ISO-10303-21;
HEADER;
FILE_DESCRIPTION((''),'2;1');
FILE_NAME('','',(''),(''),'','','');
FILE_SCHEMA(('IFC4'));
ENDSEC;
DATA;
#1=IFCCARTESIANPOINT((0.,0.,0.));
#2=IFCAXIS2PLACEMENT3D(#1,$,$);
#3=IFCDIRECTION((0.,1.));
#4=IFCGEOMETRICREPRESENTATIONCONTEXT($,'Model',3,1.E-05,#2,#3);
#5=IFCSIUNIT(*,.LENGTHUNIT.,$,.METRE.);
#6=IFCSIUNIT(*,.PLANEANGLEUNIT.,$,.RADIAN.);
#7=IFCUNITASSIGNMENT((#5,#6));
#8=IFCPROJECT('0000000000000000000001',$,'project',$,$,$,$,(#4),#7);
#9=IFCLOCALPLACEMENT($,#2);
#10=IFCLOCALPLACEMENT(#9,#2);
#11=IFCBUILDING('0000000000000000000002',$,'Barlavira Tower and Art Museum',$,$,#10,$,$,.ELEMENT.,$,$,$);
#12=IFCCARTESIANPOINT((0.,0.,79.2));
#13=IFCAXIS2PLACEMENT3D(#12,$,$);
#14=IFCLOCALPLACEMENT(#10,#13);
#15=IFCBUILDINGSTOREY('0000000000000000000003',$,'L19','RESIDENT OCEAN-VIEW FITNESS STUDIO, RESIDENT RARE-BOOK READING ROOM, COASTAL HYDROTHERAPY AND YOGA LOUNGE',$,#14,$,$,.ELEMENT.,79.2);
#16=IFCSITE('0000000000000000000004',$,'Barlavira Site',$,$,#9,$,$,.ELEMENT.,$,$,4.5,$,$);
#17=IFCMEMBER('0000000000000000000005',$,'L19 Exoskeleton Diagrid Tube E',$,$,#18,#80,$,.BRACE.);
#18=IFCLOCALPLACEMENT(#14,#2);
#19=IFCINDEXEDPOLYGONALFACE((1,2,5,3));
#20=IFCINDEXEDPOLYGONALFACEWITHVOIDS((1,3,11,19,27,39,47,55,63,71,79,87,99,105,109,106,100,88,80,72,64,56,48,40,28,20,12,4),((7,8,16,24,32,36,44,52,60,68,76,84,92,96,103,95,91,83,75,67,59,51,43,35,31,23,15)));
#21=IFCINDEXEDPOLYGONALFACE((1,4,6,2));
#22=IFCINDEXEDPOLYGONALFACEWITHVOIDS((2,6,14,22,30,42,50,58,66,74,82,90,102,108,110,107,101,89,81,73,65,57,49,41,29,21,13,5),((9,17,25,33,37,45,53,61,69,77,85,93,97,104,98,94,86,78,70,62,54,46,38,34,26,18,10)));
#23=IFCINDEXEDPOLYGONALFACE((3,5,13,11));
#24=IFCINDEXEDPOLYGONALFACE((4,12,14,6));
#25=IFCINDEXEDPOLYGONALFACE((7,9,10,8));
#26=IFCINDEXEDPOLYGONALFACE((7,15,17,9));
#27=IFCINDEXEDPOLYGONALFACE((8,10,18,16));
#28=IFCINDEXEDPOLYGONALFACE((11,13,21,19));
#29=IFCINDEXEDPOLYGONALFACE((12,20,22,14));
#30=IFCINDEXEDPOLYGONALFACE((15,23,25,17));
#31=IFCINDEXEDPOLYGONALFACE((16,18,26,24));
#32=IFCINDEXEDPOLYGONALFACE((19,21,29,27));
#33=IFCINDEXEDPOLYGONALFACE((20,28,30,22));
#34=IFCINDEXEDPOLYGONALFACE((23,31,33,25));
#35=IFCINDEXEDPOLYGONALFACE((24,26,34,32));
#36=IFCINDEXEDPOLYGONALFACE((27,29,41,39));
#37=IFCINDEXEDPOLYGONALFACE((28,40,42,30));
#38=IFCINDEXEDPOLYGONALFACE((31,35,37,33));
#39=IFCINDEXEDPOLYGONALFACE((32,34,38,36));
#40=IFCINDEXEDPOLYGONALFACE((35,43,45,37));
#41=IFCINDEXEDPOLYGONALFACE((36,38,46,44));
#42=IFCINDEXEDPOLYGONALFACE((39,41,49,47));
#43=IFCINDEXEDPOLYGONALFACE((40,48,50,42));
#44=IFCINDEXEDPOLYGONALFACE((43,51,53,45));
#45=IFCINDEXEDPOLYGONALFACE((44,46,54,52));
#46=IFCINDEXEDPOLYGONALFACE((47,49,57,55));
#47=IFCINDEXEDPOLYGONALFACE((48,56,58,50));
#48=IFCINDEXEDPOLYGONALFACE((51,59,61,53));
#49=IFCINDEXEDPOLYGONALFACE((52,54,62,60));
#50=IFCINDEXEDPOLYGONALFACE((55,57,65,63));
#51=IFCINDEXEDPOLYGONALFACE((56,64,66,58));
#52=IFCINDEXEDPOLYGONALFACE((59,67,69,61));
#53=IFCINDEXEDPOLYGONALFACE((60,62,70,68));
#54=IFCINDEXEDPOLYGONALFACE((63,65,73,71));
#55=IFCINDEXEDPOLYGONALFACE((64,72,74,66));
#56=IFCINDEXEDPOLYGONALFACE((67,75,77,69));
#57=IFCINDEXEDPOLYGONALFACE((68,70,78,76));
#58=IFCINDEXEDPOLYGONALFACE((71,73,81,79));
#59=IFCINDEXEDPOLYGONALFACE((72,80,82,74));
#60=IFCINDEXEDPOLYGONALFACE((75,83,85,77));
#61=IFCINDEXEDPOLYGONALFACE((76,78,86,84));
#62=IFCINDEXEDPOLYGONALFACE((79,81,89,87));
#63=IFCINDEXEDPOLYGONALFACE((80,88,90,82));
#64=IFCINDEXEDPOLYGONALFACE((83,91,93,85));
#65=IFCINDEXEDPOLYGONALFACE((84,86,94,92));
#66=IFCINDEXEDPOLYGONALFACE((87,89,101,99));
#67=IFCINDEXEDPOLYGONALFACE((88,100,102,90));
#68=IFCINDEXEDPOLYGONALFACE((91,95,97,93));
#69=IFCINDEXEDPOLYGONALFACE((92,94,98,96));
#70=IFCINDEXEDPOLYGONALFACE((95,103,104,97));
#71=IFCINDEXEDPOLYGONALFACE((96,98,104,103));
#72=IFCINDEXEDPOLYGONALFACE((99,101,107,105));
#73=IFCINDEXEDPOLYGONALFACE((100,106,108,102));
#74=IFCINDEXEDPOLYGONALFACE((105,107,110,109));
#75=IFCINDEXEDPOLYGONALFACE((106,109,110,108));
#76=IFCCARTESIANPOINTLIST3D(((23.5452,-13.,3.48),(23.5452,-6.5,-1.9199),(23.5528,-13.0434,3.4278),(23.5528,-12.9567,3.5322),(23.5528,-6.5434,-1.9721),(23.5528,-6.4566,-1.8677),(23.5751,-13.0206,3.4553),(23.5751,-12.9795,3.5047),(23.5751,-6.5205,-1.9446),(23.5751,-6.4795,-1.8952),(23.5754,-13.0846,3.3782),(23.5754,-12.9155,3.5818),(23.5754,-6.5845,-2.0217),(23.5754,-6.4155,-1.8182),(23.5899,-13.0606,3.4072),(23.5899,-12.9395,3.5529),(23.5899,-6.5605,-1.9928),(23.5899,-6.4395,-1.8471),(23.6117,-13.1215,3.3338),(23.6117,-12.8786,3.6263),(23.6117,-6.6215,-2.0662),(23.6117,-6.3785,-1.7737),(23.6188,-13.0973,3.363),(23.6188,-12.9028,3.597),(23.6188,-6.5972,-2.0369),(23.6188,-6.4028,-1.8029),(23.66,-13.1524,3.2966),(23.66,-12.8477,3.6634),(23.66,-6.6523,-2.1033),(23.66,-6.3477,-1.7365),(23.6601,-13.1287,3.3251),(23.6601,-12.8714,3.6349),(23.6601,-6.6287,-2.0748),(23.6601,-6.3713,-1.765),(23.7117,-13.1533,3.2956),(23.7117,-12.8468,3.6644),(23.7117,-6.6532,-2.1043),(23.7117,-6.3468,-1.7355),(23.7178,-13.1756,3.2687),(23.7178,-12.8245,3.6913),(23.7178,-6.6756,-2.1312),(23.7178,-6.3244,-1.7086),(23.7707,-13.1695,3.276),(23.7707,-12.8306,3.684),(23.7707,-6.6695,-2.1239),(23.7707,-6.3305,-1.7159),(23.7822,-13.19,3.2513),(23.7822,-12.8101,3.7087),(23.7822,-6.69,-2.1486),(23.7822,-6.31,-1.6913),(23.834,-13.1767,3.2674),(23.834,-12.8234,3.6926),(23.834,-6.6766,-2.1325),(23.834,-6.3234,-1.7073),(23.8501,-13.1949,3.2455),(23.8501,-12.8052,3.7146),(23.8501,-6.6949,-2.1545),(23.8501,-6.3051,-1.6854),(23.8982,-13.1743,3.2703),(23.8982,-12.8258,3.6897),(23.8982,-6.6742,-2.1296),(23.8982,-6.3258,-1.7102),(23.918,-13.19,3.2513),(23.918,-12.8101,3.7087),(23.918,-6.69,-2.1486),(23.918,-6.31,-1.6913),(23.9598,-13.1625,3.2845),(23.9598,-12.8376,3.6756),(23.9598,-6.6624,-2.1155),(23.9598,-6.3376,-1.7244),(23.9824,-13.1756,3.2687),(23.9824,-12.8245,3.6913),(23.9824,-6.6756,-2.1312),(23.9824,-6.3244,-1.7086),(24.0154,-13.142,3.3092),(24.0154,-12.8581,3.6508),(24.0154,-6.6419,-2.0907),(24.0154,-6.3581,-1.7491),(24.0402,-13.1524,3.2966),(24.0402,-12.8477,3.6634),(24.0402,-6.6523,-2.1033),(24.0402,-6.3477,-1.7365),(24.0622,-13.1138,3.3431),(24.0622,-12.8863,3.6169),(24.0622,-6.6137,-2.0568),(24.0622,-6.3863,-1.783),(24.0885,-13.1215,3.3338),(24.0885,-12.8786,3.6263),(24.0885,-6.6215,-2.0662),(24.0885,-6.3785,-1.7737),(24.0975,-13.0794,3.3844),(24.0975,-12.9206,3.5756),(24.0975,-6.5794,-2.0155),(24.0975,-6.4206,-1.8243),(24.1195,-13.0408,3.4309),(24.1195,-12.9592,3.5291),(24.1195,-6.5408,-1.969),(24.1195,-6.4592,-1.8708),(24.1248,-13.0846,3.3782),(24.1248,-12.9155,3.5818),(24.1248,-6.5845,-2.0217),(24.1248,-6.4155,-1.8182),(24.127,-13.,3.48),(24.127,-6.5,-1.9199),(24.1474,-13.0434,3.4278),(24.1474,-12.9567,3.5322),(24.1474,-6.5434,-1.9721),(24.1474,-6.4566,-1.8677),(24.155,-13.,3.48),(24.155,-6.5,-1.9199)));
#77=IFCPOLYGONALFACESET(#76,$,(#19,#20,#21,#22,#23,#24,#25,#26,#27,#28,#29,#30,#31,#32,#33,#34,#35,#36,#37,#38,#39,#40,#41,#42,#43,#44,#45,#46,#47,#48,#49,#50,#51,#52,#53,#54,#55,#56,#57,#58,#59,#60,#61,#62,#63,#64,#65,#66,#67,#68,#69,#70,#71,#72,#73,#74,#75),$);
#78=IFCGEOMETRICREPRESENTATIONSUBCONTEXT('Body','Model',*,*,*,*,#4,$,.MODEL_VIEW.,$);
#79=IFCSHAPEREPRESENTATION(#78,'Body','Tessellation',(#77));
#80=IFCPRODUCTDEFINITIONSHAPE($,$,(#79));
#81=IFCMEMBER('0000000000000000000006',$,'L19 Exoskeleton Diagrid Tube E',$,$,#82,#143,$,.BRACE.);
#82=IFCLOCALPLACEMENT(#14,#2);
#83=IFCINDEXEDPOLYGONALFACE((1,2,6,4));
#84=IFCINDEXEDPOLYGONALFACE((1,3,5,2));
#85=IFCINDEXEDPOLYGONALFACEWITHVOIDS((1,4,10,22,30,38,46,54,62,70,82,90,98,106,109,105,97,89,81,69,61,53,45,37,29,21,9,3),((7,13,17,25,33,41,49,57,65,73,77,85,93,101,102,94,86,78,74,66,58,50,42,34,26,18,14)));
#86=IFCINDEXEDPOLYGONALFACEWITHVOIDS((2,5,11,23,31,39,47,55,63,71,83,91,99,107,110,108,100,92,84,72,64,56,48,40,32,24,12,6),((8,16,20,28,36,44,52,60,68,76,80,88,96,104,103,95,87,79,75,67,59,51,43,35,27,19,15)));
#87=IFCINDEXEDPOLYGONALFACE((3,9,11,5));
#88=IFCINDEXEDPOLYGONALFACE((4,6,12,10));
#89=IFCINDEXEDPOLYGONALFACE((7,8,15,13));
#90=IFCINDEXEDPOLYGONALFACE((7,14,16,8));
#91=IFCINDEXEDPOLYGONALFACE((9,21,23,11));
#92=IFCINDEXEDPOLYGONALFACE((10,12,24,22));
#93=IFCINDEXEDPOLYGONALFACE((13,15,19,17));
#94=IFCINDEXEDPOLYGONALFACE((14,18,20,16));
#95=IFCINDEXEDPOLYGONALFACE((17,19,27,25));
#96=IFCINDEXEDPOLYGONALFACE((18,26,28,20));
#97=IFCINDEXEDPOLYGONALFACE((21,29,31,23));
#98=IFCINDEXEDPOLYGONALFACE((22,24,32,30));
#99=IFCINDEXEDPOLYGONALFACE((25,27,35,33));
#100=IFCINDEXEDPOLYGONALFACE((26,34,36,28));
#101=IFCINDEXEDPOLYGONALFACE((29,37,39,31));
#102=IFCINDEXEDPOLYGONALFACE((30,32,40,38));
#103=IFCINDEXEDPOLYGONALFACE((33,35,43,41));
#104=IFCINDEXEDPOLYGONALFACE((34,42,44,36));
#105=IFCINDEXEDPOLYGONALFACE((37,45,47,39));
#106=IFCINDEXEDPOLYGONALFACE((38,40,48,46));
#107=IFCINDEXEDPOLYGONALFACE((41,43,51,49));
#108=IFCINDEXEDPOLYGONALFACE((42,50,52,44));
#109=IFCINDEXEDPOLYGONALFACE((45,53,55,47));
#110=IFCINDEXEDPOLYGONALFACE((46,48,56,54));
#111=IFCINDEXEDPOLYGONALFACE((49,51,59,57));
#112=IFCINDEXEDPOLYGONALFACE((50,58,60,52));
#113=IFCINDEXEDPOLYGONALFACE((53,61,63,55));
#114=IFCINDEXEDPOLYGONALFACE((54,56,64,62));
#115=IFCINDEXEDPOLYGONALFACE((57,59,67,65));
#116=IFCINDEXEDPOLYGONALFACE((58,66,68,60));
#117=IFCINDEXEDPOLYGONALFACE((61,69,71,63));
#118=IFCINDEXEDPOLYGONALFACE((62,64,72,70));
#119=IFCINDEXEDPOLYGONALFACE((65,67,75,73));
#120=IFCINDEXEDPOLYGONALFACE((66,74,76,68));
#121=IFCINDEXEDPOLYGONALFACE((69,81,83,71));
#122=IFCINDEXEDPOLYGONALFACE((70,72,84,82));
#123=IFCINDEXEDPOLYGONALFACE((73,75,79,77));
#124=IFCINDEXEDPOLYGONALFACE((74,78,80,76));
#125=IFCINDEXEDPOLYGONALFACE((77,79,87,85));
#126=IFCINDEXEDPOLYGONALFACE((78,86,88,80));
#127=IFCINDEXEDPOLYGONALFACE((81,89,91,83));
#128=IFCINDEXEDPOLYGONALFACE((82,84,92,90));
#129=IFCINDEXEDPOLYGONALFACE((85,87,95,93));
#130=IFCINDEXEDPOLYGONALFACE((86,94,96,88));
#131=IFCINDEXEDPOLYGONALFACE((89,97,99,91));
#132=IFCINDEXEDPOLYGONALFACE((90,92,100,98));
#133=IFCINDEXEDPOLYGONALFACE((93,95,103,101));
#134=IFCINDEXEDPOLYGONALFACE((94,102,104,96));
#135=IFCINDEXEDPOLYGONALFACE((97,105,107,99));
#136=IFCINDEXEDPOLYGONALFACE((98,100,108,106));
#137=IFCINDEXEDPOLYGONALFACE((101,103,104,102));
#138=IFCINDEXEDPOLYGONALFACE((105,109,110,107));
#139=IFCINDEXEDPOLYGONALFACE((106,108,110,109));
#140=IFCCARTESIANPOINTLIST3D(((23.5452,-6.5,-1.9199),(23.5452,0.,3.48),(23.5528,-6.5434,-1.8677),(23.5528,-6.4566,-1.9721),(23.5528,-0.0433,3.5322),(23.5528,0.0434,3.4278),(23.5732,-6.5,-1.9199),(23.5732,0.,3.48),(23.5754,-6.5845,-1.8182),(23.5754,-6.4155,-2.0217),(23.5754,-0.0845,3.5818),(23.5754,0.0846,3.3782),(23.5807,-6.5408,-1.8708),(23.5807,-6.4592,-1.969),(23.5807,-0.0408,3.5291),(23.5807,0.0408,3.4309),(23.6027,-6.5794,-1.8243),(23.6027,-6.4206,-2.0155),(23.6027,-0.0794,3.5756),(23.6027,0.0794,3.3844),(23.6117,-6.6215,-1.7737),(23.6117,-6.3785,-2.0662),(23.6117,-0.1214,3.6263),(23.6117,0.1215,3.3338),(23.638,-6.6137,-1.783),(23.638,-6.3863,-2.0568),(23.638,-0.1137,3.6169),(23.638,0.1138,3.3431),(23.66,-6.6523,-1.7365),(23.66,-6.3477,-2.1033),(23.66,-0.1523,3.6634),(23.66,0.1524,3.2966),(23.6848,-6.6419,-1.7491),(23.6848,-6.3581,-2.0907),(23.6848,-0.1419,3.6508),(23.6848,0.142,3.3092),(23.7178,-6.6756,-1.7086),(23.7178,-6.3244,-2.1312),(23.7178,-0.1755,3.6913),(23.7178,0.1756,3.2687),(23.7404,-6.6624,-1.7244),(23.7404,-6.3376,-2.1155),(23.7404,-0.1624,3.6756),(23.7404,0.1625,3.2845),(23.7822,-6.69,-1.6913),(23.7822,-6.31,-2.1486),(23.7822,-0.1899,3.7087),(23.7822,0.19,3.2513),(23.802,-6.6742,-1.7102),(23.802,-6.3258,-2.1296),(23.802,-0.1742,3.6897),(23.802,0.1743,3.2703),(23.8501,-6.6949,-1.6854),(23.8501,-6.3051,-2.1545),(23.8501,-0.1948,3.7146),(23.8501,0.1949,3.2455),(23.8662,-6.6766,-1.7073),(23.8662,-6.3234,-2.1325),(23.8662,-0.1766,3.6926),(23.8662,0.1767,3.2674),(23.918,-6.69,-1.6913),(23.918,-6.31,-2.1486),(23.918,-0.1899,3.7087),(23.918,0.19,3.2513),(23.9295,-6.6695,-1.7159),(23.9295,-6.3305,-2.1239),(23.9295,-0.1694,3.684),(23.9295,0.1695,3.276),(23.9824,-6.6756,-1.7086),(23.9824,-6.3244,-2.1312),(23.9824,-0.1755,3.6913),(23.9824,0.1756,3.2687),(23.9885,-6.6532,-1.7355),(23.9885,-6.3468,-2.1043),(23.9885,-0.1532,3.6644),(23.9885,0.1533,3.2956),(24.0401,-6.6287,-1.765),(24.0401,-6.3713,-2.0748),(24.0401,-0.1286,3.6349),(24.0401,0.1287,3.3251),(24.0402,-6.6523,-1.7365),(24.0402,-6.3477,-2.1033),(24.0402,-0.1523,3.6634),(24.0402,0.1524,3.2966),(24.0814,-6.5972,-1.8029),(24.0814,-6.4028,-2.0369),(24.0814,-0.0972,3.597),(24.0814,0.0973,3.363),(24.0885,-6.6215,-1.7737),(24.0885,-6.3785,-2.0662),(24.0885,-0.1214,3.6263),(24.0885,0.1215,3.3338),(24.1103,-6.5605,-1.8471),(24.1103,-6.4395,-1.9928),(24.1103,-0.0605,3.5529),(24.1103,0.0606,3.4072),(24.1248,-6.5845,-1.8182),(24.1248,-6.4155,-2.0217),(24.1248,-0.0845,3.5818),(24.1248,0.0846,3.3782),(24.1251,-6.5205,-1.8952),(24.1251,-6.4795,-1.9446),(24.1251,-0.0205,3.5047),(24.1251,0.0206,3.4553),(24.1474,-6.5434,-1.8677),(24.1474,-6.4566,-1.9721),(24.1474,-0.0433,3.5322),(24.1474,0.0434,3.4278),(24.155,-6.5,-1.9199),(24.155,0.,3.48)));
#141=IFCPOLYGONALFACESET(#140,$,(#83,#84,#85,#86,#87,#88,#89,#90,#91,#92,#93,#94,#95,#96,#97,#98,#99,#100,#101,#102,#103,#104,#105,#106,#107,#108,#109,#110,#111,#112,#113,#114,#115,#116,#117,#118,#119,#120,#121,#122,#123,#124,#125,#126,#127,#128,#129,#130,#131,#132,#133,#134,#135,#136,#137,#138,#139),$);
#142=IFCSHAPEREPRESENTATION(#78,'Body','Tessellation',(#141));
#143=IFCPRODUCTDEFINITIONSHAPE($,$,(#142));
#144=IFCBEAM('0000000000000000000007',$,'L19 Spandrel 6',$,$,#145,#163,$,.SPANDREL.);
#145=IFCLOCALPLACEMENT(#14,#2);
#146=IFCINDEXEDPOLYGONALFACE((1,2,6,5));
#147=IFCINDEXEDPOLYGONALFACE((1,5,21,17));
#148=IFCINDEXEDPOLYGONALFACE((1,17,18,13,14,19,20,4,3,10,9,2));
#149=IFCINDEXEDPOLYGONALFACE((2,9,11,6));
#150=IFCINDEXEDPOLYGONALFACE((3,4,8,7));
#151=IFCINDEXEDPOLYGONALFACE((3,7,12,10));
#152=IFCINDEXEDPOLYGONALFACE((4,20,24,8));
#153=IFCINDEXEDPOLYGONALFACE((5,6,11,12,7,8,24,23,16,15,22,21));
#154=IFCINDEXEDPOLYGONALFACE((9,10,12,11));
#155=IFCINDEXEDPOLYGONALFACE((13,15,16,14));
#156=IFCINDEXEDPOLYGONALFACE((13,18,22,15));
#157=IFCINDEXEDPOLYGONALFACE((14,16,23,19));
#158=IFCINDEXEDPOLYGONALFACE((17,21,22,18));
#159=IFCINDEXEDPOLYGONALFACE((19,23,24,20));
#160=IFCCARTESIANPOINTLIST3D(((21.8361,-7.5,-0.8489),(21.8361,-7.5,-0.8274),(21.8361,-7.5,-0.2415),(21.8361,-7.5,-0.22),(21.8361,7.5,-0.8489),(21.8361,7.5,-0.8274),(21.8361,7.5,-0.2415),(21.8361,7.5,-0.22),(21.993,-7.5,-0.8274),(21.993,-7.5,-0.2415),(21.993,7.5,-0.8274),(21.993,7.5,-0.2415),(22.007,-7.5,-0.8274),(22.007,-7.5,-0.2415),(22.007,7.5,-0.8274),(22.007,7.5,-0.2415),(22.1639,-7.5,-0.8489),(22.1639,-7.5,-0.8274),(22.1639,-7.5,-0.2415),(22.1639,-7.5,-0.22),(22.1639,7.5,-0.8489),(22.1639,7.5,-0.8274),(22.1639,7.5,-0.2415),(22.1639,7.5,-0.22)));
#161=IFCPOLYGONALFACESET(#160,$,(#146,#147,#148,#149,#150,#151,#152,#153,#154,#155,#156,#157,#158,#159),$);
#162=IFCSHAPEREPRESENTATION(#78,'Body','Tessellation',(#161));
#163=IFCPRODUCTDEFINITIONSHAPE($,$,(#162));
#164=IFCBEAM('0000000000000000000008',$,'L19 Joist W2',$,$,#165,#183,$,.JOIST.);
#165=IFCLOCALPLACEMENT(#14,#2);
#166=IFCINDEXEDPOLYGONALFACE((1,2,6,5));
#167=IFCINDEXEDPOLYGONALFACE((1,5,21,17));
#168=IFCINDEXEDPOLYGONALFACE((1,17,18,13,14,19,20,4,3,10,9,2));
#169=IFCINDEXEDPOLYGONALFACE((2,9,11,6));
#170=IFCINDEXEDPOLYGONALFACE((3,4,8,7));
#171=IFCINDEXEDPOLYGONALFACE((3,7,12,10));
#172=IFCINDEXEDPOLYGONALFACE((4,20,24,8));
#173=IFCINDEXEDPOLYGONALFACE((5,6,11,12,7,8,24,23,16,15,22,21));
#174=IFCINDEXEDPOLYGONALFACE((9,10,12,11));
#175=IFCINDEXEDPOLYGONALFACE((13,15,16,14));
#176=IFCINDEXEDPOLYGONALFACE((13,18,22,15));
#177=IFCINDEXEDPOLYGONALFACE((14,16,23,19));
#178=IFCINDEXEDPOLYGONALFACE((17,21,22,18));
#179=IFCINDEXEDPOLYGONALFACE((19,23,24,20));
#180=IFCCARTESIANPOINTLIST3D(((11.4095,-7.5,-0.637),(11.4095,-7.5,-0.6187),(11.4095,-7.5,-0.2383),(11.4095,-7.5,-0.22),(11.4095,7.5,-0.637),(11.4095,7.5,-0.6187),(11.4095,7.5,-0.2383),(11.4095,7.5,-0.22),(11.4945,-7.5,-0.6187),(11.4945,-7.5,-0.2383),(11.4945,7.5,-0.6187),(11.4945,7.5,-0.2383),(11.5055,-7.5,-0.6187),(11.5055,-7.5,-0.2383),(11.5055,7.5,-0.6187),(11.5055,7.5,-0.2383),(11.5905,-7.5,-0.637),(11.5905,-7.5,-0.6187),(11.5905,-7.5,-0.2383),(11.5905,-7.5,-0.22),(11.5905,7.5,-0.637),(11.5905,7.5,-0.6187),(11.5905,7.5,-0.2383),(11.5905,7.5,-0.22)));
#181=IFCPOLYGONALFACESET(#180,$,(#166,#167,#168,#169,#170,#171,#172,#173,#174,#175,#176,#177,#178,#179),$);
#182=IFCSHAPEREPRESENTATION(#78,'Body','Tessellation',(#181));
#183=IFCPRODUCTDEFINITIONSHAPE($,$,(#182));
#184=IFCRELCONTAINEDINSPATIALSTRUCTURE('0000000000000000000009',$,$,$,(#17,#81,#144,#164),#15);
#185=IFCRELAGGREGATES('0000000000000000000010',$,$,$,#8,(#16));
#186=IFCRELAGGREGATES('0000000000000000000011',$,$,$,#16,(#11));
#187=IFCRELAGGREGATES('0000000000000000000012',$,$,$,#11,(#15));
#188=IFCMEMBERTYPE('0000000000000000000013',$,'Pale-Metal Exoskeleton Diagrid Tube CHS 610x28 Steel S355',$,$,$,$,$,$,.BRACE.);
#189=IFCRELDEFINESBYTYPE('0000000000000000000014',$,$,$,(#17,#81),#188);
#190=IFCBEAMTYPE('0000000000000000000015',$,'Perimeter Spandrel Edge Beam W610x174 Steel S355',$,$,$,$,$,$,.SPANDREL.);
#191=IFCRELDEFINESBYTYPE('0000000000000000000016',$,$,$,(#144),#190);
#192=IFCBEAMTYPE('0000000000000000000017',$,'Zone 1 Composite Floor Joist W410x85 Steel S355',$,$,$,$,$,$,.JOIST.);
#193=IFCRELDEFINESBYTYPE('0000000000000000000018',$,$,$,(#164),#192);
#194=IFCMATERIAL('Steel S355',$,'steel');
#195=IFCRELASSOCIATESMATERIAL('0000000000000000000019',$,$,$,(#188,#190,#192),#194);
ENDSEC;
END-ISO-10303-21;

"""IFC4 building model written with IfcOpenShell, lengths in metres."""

from ifc_helpers import new_model, si_unit, direction, frame, origin, origin_2d, place, context, subcontext, project, spatial, hollow_circle, i_section, extrude, material, material_profile, profile_set, type_object, element, save


model = new_model("IFC4")

# Units and contexts
model_context = context("Model", 3, precision=1e-05, world=origin(), true_north=direction((0.0, 1.0)))
body_context = subcontext(model_context, "Body", "Model", "MODEL_VIEW")
ifc_project = project(units=[si_unit("LENGTHUNIT", "METRE"), si_unit("PLANEANGLEUNIT", "RADIAN")], contexts=[model_context])

# Site, building, storey
site_placement = place(None, origin())
site = spatial("IfcSite", under=ifc_project, at=site_placement, Name="Barlavira Site", CompositionType="ELEMENT", RefElevation=4.5)
building_placement = place(site_placement, origin())
building = spatial("IfcBuilding", under=site, at=building_placement, Name="Barlavira Tower and Art Museum", CompositionType="ELEMENT")
storey_placement = place(building_placement, frame((0.0, 0.0, 79.2)))
storey = spatial("IfcBuildingStorey", under=building, at=storey_placement, Name="L19", Description="RESIDENT OCEAN-VIEW FITNESS STUDIO, RESIDENT RARE-BOOK READING ROOM, COASTAL HYDROTHERAPY AND YOGA LOUNGE", CompositionType="ELEMENT", Elevation=79.2)

# Members
ifc_material_1 = material(Name="Steel S355", Category="steel")
ifc_material_profile_1 = material_profile(ifc_material_1, hollow_circle(Radius=0.3049, WallThickness=0.0281, at=origin_2d()), Name="CHS 610.0x28.0")
ifc_profile_set_1 = profile_set([ifc_material_profile_1], Name="Steel S355")
member_type_1 = type_object("IfcMemberType", Name="Pale-Metal Exoskeleton Diagrid Tube CHS 610x28 Steel S355", PredefinedType="BRACE", material=ifc_profile_set_1)
for number, where, z_axis, x_axis, name in (
    (1, (23.8501, -6.5, -1.9199), (0.0, -0.769196, 0.639013), (1.0, 0.0, 0.0), "L19 Exoskeleton Diagrid Tube E"),
    (2, (23.8501, -6.5, -1.9199), (0.0, 0.769196, 0.639013), (-1.0, 0.0, 0.0), "L19 Exoskeleton Diagrid Tube E"),
):
    element("IfcMember", number, at=place(storey_placement, frame(where, z_axis=z_axis, x_axis=x_axis)), inside=storey, type_object=member_type_1, Name=name, PredefinedType="BRACE", context=body_context, shape_type="SweptSolid", body=[
        extrude(hollow_circle(Radius=0.3049, WallThickness=0.0281, at=origin_2d()), origin(), (0.0, 0.0, 1.0), 8.4504),
    ])

# Beams
ifc_material_profile_2 = material_profile(ifc_material_1, i_section(OverallWidth=0.3279, OverallDepth=0.6289, WebThickness=0.0139, FlangeThickness=0.0215, at=origin_2d()), Name="W610x174.0")
ifc_profile_set_2 = profile_set([ifc_material_profile_2], Name="Steel S355")
beam_type_1 = type_object("IfcBeamType", Name="Perimeter Spandrel Edge Beam W610x174 Steel S355", PredefinedType="SPANDREL", material=ifc_profile_set_2)
beam_1_placement = place(storey_placement, frame((22.0, -7.5, -0.5344), z_axis=(0.0, 1.0, 0.0), x_axis=(-1.0, 0.0, 0.0)))
element("IfcBeam", 3, at=beam_1_placement, inside=storey, type_object=beam_type_1, Name="L19 Spandrel 6", PredefinedType="SPANDREL", context=body_context, shape_type="SweptSolid", body=[
    extrude(i_section(OverallWidth=0.3279, OverallDepth=0.6289, WebThickness=0.0139, FlangeThickness=0.0215, at=origin_2d()), origin(), (0.0, 0.0, 1.0), 15.0),
])
ifc_material_profile_3 = material_profile(ifc_material_1, i_section(OverallWidth=0.1809, OverallDepth=0.417, WebThickness=0.011, FlangeThickness=0.0183, at=origin_2d()), Name="W410x85.0")
ifc_profile_set_3 = profile_set([ifc_material_profile_3], Name="Steel S355")
beam_type_2 = type_object("IfcBeamType", Name="Zone 1 Composite Floor Joist W410x85 Steel S355", PredefinedType="JOIST", material=ifc_profile_set_3)
beam_2_placement = place(storey_placement, frame((11.5, -7.5, -0.4285), z_axis=(0.0, 1.0, 0.0), x_axis=(-1.0, 0.0, 0.0)))
element("IfcBeam", 4, at=beam_2_placement, inside=storey, type_object=beam_type_2, Name="L19 Joist W2", PredefinedType="JOIST", context=body_context, shape_type="SweptSolid", body=[
    extrude(i_section(OverallWidth=0.1809, OverallDepth=0.417, WebThickness=0.011, FlangeThickness=0.0183, at=origin_2d()), origin(), (0.0, 0.0, 1.0), 15.0),
])

save(model, "model.ifc")
